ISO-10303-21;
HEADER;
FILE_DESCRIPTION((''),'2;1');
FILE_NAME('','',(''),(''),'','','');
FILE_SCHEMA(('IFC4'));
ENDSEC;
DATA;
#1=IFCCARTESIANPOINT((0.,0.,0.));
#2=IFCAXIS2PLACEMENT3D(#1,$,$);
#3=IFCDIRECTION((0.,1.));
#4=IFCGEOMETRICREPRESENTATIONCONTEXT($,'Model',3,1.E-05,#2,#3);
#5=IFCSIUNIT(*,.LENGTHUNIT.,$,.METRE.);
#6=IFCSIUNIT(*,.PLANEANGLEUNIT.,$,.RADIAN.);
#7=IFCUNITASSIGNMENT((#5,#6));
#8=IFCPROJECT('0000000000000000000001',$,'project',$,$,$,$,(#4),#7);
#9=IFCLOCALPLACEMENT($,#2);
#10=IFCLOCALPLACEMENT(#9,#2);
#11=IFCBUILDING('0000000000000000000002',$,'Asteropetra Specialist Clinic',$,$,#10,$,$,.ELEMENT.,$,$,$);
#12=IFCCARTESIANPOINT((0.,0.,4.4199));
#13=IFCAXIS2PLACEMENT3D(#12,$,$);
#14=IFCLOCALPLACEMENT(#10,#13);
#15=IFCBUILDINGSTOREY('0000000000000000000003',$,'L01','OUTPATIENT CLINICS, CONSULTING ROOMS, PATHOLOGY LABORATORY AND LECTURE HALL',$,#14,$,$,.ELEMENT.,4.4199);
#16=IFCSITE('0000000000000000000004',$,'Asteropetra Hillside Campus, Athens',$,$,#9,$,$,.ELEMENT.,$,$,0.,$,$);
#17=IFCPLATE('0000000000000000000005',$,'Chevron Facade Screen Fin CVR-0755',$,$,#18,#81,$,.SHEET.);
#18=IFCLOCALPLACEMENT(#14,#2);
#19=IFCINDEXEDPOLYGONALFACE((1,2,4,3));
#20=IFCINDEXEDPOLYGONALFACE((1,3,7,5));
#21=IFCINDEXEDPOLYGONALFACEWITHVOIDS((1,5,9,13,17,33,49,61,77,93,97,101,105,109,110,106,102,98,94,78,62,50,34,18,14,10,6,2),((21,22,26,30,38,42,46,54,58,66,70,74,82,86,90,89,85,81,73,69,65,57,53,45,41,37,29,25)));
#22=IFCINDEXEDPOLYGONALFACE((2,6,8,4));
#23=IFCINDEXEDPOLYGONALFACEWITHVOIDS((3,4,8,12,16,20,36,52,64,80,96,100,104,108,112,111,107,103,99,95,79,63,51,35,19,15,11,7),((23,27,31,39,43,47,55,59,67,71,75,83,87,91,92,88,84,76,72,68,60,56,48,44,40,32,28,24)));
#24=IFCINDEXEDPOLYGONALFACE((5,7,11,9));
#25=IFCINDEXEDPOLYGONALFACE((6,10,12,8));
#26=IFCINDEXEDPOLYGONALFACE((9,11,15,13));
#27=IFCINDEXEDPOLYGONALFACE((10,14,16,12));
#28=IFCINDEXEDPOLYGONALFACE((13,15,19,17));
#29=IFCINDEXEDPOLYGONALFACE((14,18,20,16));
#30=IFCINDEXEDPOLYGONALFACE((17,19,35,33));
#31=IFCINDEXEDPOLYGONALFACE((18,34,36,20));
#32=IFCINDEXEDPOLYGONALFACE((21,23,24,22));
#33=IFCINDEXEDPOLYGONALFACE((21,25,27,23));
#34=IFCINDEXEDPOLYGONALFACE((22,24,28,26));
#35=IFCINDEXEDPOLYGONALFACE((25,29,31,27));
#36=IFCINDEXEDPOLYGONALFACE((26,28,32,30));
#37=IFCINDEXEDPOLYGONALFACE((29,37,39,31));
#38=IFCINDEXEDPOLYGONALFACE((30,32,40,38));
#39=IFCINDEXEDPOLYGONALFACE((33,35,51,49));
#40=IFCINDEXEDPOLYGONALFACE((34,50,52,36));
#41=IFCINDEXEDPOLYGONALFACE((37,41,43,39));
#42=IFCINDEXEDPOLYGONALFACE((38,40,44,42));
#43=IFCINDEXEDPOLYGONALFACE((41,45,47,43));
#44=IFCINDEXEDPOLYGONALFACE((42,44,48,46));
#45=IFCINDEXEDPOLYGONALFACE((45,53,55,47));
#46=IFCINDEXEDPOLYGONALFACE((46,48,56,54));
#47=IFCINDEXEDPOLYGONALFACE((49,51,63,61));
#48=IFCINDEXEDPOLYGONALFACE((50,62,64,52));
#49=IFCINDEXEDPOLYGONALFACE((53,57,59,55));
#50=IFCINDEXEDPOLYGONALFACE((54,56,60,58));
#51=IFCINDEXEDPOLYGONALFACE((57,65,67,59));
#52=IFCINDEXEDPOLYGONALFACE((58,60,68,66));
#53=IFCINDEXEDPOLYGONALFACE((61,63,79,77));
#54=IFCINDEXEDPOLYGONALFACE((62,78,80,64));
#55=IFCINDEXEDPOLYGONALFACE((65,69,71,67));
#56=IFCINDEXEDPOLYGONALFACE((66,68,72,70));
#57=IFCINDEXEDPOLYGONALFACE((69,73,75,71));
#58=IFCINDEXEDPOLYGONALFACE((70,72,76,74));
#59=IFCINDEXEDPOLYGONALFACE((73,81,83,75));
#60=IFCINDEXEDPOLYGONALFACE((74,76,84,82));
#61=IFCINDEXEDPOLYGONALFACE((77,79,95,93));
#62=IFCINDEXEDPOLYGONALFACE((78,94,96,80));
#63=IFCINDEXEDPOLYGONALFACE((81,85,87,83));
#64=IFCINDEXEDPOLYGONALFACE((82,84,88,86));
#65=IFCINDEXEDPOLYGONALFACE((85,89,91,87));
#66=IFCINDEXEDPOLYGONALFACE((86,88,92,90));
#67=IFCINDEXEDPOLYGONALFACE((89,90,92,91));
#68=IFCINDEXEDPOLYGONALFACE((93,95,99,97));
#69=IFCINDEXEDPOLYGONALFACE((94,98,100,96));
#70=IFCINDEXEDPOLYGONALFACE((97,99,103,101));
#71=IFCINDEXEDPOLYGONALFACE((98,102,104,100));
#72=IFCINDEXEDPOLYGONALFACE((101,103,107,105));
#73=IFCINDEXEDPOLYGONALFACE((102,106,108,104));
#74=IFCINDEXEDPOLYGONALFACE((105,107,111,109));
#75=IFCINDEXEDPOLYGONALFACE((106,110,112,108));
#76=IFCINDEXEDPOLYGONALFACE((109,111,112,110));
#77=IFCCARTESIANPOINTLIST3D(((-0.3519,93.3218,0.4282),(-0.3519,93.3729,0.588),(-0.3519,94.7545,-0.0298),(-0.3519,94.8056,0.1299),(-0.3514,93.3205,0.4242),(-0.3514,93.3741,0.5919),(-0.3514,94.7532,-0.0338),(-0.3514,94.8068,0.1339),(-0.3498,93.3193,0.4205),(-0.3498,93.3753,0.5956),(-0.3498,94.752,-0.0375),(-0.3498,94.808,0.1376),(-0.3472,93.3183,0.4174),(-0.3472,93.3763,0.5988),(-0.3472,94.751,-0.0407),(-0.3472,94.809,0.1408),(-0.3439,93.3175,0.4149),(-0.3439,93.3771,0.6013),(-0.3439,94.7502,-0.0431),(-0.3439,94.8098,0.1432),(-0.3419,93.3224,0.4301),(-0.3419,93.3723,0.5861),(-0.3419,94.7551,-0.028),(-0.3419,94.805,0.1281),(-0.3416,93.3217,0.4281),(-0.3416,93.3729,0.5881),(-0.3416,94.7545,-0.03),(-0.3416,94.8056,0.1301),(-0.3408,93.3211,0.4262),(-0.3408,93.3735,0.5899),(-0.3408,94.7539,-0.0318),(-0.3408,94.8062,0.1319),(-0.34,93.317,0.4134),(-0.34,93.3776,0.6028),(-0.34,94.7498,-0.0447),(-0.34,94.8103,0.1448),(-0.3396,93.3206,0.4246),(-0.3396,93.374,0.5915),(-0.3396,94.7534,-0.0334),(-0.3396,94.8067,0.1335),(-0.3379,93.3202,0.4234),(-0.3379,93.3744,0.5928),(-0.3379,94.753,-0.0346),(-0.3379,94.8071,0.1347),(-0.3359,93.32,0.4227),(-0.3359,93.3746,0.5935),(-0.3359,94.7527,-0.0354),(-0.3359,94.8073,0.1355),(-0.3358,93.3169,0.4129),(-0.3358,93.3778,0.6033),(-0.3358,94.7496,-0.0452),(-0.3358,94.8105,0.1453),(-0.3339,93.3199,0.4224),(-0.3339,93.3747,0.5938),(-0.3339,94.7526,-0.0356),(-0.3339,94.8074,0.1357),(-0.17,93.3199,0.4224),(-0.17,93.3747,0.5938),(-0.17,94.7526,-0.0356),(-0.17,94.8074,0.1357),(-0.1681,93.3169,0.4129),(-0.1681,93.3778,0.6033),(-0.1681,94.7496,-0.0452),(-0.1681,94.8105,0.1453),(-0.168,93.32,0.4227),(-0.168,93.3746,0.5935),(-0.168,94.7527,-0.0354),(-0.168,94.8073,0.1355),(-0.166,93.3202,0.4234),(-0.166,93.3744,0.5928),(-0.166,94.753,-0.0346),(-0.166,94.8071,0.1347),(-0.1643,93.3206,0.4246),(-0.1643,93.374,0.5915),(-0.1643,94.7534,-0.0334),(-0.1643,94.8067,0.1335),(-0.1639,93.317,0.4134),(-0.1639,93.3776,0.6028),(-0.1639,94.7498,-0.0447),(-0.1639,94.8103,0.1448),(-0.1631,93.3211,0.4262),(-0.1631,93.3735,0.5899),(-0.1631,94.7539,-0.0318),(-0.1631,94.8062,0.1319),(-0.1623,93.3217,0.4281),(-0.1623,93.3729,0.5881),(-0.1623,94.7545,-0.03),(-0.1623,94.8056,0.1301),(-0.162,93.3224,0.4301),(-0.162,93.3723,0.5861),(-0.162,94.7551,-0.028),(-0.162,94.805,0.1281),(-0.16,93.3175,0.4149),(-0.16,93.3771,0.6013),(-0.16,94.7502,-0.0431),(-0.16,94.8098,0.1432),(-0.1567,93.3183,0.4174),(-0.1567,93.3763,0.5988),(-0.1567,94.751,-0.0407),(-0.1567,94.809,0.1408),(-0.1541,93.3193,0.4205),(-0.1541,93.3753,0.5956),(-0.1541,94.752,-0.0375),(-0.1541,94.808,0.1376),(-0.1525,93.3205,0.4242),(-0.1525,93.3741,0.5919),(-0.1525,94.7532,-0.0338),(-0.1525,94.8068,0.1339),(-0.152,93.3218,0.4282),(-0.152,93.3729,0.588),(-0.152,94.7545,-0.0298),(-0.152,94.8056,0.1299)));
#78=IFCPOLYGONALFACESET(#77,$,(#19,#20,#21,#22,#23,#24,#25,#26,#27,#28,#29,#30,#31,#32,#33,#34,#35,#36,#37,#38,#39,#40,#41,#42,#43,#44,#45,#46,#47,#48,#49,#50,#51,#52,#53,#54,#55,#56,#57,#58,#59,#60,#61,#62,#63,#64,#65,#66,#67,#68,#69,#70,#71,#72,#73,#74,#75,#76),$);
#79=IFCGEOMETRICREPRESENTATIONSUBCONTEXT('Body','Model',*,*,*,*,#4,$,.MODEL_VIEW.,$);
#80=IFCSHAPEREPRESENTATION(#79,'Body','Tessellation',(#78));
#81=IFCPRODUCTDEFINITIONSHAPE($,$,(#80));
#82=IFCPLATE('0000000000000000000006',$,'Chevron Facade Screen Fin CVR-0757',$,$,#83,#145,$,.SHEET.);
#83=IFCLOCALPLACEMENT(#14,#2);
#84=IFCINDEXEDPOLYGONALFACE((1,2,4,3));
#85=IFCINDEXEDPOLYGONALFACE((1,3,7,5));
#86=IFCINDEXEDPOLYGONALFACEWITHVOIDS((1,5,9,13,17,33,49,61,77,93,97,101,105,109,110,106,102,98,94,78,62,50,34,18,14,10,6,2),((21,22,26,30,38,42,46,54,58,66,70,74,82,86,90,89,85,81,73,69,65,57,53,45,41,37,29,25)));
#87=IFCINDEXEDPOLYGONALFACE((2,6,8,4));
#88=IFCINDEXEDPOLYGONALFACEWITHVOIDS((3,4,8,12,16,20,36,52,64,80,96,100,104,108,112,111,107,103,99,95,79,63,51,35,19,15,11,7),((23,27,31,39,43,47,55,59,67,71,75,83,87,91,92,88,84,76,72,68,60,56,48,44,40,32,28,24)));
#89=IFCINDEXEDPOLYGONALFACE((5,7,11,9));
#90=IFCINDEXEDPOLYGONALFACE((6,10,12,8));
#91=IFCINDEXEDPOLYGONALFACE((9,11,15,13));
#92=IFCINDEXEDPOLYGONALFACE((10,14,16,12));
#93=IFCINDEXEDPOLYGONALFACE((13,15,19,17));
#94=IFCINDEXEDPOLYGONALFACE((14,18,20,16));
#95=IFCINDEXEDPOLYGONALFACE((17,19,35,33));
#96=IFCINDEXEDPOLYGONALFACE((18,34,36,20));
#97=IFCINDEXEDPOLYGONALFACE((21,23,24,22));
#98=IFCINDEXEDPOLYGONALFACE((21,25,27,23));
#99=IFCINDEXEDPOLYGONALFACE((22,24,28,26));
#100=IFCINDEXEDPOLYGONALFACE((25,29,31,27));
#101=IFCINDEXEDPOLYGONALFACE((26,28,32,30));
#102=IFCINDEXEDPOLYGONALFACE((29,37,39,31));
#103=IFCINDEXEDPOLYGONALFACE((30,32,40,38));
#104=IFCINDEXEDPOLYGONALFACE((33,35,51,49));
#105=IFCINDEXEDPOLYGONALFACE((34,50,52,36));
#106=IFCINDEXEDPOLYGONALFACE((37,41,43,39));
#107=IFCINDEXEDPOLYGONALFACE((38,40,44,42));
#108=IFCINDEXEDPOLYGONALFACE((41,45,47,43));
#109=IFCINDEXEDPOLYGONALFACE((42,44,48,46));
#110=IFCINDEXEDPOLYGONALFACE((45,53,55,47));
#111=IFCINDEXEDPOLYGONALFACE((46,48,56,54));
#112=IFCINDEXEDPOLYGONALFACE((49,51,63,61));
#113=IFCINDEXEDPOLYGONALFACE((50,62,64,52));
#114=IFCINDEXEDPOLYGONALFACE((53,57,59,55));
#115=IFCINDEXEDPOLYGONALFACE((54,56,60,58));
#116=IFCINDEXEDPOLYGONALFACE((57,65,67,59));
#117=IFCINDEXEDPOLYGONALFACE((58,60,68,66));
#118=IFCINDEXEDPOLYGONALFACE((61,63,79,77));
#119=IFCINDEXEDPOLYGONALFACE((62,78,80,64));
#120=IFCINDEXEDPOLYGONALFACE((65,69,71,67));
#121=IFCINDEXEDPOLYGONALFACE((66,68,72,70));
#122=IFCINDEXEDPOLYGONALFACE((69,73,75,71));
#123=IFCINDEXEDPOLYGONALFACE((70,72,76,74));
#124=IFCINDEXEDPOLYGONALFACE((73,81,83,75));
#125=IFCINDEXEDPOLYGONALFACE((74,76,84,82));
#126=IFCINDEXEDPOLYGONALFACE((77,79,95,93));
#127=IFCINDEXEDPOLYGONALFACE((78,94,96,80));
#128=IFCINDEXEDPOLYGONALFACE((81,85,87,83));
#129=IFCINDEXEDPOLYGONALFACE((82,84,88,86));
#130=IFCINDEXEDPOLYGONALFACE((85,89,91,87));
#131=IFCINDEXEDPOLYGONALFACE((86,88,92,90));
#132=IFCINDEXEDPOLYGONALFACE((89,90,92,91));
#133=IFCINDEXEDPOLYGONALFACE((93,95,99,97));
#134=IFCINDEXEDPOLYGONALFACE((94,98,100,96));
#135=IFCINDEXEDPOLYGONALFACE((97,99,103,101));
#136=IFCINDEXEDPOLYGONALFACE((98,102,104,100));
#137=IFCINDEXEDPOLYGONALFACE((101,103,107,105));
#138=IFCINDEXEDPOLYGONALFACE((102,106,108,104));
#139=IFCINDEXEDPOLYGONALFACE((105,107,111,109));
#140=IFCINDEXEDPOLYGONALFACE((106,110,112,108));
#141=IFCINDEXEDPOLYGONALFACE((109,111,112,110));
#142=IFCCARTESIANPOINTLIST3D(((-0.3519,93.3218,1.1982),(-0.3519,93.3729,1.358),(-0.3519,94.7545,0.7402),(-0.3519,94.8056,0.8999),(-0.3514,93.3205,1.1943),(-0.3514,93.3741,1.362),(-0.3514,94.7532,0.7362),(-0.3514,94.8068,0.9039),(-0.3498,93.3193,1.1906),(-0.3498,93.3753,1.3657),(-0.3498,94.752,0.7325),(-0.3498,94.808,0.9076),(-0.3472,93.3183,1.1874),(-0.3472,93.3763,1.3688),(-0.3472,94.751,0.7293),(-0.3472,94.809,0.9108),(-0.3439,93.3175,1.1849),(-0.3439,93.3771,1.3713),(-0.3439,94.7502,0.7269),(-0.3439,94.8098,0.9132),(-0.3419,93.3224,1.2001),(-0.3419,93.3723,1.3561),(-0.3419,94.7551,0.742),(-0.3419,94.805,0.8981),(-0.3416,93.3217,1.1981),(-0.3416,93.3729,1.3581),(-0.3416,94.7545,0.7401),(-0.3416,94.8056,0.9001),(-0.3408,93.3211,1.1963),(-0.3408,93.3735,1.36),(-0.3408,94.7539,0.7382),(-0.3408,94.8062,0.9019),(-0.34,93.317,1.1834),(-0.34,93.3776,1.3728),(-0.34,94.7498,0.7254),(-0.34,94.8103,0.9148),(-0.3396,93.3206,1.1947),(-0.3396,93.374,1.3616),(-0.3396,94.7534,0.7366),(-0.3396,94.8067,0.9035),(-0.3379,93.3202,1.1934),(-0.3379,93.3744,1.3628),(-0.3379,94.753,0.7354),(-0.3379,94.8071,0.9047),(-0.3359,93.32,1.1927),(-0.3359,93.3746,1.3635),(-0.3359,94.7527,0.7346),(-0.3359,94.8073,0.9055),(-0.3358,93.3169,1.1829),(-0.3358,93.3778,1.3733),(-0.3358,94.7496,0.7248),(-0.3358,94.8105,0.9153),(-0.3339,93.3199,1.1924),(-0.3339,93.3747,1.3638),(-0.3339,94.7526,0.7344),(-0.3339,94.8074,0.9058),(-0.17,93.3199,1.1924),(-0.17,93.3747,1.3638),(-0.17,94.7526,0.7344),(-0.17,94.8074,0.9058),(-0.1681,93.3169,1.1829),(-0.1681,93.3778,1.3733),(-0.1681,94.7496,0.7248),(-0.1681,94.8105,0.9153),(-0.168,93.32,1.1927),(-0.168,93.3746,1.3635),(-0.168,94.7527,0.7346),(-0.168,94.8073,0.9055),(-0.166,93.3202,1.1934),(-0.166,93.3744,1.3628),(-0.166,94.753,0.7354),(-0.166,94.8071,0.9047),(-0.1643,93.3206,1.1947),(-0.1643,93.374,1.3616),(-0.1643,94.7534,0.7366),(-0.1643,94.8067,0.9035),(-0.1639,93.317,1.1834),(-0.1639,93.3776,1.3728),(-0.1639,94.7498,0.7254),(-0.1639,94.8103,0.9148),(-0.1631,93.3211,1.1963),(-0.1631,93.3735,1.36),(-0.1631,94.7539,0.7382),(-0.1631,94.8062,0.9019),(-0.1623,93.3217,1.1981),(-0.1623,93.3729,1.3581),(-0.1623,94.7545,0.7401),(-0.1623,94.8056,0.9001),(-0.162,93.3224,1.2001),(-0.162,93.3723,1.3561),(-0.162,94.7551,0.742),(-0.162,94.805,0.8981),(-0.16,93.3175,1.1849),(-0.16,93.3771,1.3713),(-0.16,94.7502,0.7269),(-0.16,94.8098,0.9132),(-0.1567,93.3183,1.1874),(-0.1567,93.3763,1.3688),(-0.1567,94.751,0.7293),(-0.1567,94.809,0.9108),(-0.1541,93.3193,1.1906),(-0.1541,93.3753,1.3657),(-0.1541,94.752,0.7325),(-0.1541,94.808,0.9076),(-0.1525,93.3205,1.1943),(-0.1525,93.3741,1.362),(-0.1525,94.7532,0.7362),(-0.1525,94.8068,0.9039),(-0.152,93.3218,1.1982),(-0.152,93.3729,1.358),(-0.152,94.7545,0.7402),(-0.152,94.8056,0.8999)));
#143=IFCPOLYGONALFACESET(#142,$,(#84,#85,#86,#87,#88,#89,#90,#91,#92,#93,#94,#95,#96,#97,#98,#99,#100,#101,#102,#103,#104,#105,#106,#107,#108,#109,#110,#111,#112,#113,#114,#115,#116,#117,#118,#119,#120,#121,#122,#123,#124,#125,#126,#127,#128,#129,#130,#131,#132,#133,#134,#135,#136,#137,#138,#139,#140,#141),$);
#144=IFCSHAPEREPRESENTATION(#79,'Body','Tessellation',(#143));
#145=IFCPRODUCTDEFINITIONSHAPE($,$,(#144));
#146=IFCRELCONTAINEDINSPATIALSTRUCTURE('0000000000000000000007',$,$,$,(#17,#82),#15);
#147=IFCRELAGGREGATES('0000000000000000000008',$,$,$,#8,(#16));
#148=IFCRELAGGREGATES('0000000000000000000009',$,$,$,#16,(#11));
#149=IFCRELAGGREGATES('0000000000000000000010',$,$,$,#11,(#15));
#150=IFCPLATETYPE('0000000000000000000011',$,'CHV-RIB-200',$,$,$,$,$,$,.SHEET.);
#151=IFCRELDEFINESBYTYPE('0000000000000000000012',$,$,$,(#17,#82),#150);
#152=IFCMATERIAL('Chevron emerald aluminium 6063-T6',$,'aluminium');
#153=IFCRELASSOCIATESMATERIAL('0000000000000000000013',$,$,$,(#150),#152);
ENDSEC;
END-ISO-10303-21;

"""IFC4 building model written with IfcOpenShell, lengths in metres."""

from ifc_helpers import new_model, si_unit, direction, frame, origin, origin_2d, place, context, subcontext, project, spatial, hollow_rectangle, extrude, material, material_profile, profile_set, type_object, element, save


model = new_model("IFC4")

# Units and contexts
model_context = context("Model", 3, precision=1e-05, world=origin(), true_north=direction((0.0, 1.0)))
body_context = subcontext(model_context, "Body", "Model", "MODEL_VIEW")
ifc_project = project(units=[si_unit("LENGTHUNIT", "METRE"), si_unit("PLANEANGLEUNIT", "RADIAN")], contexts=[model_context])

# Site, building, storey
site_placement = place(None, origin())
site = spatial("IfcSite", under=ifc_project, at=site_placement, Name="Asteropetra Hillside Campus, Athens", CompositionType="ELEMENT", RefElevation=0.0)
building_placement = place(site_placement, origin())
building = spatial("IfcBuilding", under=site, at=building_placement, Name="Asteropetra Specialist Clinic", CompositionType="ELEMENT")
storey_placement = place(building_placement, frame((0.0, 0.0, 4.4199)))
storey = spatial("IfcBuildingStorey", under=building, at=storey_placement, Name="L01", Description="OUTPATIENT CLINICS, CONSULTING ROOMS, PATHOLOGY LABORATORY AND LECTURE HALL", CompositionType="ELEMENT", Elevation=4.4199)

# Plates
ifc_material_1 = material(Name="Chevron emerald aluminium 6063-T6", Category="aluminium")
ifc_material_profile = material_profile(ifc_material_1, hollow_rectangle(XDim=0.2, YDim=0.2, WallThickness=0.01, InnerFilletRadius=0.0081, OuterFilletRadius=0.0161, at=origin_2d()), Name="SHS 200x200x10.0")
ifc_profile_set = profile_set([ifc_material_profile], Name="Chevron emerald aluminium 6063-T6")
plate_type_1 = type_object("IfcPlateType", Name="CHV-RIB-200", PredefinedType="SHEET", material=ifc_profile_set)
for number, where, z_axis, x_axis, name in (
    (1, (-0.252, 94.78, 0.05), (0.0, -0.952507, 0.304517), (1.0, 0.0, 0.0), "Chevron Facade Screen Fin CVR-0755"),
    (2, (-0.252, 94.78, 0.8201), (0.0, -0.952507, 0.304517), (1.0, 0.0, 0.0), "Chevron Facade Screen Fin CVR-0757"),
):
    element("IfcPlate", number, at=place(storey_placement, frame(where, z_axis=z_axis, x_axis=x_axis)), inside=storey, type_object=plate_type_1, Name=name, PredefinedType="SHEET", context=body_context, shape_type="SweptSolid", body=[
        extrude(hollow_rectangle(XDim=0.2, YDim=0.2, WallThickness=0.01, InnerFilletRadius=0.0081, OuterFilletRadius=0.0161, at=origin_2d()), origin(), (0.0, 0.0, 1.0), 1.5042),
    ])

save(model, "model.ifc")
